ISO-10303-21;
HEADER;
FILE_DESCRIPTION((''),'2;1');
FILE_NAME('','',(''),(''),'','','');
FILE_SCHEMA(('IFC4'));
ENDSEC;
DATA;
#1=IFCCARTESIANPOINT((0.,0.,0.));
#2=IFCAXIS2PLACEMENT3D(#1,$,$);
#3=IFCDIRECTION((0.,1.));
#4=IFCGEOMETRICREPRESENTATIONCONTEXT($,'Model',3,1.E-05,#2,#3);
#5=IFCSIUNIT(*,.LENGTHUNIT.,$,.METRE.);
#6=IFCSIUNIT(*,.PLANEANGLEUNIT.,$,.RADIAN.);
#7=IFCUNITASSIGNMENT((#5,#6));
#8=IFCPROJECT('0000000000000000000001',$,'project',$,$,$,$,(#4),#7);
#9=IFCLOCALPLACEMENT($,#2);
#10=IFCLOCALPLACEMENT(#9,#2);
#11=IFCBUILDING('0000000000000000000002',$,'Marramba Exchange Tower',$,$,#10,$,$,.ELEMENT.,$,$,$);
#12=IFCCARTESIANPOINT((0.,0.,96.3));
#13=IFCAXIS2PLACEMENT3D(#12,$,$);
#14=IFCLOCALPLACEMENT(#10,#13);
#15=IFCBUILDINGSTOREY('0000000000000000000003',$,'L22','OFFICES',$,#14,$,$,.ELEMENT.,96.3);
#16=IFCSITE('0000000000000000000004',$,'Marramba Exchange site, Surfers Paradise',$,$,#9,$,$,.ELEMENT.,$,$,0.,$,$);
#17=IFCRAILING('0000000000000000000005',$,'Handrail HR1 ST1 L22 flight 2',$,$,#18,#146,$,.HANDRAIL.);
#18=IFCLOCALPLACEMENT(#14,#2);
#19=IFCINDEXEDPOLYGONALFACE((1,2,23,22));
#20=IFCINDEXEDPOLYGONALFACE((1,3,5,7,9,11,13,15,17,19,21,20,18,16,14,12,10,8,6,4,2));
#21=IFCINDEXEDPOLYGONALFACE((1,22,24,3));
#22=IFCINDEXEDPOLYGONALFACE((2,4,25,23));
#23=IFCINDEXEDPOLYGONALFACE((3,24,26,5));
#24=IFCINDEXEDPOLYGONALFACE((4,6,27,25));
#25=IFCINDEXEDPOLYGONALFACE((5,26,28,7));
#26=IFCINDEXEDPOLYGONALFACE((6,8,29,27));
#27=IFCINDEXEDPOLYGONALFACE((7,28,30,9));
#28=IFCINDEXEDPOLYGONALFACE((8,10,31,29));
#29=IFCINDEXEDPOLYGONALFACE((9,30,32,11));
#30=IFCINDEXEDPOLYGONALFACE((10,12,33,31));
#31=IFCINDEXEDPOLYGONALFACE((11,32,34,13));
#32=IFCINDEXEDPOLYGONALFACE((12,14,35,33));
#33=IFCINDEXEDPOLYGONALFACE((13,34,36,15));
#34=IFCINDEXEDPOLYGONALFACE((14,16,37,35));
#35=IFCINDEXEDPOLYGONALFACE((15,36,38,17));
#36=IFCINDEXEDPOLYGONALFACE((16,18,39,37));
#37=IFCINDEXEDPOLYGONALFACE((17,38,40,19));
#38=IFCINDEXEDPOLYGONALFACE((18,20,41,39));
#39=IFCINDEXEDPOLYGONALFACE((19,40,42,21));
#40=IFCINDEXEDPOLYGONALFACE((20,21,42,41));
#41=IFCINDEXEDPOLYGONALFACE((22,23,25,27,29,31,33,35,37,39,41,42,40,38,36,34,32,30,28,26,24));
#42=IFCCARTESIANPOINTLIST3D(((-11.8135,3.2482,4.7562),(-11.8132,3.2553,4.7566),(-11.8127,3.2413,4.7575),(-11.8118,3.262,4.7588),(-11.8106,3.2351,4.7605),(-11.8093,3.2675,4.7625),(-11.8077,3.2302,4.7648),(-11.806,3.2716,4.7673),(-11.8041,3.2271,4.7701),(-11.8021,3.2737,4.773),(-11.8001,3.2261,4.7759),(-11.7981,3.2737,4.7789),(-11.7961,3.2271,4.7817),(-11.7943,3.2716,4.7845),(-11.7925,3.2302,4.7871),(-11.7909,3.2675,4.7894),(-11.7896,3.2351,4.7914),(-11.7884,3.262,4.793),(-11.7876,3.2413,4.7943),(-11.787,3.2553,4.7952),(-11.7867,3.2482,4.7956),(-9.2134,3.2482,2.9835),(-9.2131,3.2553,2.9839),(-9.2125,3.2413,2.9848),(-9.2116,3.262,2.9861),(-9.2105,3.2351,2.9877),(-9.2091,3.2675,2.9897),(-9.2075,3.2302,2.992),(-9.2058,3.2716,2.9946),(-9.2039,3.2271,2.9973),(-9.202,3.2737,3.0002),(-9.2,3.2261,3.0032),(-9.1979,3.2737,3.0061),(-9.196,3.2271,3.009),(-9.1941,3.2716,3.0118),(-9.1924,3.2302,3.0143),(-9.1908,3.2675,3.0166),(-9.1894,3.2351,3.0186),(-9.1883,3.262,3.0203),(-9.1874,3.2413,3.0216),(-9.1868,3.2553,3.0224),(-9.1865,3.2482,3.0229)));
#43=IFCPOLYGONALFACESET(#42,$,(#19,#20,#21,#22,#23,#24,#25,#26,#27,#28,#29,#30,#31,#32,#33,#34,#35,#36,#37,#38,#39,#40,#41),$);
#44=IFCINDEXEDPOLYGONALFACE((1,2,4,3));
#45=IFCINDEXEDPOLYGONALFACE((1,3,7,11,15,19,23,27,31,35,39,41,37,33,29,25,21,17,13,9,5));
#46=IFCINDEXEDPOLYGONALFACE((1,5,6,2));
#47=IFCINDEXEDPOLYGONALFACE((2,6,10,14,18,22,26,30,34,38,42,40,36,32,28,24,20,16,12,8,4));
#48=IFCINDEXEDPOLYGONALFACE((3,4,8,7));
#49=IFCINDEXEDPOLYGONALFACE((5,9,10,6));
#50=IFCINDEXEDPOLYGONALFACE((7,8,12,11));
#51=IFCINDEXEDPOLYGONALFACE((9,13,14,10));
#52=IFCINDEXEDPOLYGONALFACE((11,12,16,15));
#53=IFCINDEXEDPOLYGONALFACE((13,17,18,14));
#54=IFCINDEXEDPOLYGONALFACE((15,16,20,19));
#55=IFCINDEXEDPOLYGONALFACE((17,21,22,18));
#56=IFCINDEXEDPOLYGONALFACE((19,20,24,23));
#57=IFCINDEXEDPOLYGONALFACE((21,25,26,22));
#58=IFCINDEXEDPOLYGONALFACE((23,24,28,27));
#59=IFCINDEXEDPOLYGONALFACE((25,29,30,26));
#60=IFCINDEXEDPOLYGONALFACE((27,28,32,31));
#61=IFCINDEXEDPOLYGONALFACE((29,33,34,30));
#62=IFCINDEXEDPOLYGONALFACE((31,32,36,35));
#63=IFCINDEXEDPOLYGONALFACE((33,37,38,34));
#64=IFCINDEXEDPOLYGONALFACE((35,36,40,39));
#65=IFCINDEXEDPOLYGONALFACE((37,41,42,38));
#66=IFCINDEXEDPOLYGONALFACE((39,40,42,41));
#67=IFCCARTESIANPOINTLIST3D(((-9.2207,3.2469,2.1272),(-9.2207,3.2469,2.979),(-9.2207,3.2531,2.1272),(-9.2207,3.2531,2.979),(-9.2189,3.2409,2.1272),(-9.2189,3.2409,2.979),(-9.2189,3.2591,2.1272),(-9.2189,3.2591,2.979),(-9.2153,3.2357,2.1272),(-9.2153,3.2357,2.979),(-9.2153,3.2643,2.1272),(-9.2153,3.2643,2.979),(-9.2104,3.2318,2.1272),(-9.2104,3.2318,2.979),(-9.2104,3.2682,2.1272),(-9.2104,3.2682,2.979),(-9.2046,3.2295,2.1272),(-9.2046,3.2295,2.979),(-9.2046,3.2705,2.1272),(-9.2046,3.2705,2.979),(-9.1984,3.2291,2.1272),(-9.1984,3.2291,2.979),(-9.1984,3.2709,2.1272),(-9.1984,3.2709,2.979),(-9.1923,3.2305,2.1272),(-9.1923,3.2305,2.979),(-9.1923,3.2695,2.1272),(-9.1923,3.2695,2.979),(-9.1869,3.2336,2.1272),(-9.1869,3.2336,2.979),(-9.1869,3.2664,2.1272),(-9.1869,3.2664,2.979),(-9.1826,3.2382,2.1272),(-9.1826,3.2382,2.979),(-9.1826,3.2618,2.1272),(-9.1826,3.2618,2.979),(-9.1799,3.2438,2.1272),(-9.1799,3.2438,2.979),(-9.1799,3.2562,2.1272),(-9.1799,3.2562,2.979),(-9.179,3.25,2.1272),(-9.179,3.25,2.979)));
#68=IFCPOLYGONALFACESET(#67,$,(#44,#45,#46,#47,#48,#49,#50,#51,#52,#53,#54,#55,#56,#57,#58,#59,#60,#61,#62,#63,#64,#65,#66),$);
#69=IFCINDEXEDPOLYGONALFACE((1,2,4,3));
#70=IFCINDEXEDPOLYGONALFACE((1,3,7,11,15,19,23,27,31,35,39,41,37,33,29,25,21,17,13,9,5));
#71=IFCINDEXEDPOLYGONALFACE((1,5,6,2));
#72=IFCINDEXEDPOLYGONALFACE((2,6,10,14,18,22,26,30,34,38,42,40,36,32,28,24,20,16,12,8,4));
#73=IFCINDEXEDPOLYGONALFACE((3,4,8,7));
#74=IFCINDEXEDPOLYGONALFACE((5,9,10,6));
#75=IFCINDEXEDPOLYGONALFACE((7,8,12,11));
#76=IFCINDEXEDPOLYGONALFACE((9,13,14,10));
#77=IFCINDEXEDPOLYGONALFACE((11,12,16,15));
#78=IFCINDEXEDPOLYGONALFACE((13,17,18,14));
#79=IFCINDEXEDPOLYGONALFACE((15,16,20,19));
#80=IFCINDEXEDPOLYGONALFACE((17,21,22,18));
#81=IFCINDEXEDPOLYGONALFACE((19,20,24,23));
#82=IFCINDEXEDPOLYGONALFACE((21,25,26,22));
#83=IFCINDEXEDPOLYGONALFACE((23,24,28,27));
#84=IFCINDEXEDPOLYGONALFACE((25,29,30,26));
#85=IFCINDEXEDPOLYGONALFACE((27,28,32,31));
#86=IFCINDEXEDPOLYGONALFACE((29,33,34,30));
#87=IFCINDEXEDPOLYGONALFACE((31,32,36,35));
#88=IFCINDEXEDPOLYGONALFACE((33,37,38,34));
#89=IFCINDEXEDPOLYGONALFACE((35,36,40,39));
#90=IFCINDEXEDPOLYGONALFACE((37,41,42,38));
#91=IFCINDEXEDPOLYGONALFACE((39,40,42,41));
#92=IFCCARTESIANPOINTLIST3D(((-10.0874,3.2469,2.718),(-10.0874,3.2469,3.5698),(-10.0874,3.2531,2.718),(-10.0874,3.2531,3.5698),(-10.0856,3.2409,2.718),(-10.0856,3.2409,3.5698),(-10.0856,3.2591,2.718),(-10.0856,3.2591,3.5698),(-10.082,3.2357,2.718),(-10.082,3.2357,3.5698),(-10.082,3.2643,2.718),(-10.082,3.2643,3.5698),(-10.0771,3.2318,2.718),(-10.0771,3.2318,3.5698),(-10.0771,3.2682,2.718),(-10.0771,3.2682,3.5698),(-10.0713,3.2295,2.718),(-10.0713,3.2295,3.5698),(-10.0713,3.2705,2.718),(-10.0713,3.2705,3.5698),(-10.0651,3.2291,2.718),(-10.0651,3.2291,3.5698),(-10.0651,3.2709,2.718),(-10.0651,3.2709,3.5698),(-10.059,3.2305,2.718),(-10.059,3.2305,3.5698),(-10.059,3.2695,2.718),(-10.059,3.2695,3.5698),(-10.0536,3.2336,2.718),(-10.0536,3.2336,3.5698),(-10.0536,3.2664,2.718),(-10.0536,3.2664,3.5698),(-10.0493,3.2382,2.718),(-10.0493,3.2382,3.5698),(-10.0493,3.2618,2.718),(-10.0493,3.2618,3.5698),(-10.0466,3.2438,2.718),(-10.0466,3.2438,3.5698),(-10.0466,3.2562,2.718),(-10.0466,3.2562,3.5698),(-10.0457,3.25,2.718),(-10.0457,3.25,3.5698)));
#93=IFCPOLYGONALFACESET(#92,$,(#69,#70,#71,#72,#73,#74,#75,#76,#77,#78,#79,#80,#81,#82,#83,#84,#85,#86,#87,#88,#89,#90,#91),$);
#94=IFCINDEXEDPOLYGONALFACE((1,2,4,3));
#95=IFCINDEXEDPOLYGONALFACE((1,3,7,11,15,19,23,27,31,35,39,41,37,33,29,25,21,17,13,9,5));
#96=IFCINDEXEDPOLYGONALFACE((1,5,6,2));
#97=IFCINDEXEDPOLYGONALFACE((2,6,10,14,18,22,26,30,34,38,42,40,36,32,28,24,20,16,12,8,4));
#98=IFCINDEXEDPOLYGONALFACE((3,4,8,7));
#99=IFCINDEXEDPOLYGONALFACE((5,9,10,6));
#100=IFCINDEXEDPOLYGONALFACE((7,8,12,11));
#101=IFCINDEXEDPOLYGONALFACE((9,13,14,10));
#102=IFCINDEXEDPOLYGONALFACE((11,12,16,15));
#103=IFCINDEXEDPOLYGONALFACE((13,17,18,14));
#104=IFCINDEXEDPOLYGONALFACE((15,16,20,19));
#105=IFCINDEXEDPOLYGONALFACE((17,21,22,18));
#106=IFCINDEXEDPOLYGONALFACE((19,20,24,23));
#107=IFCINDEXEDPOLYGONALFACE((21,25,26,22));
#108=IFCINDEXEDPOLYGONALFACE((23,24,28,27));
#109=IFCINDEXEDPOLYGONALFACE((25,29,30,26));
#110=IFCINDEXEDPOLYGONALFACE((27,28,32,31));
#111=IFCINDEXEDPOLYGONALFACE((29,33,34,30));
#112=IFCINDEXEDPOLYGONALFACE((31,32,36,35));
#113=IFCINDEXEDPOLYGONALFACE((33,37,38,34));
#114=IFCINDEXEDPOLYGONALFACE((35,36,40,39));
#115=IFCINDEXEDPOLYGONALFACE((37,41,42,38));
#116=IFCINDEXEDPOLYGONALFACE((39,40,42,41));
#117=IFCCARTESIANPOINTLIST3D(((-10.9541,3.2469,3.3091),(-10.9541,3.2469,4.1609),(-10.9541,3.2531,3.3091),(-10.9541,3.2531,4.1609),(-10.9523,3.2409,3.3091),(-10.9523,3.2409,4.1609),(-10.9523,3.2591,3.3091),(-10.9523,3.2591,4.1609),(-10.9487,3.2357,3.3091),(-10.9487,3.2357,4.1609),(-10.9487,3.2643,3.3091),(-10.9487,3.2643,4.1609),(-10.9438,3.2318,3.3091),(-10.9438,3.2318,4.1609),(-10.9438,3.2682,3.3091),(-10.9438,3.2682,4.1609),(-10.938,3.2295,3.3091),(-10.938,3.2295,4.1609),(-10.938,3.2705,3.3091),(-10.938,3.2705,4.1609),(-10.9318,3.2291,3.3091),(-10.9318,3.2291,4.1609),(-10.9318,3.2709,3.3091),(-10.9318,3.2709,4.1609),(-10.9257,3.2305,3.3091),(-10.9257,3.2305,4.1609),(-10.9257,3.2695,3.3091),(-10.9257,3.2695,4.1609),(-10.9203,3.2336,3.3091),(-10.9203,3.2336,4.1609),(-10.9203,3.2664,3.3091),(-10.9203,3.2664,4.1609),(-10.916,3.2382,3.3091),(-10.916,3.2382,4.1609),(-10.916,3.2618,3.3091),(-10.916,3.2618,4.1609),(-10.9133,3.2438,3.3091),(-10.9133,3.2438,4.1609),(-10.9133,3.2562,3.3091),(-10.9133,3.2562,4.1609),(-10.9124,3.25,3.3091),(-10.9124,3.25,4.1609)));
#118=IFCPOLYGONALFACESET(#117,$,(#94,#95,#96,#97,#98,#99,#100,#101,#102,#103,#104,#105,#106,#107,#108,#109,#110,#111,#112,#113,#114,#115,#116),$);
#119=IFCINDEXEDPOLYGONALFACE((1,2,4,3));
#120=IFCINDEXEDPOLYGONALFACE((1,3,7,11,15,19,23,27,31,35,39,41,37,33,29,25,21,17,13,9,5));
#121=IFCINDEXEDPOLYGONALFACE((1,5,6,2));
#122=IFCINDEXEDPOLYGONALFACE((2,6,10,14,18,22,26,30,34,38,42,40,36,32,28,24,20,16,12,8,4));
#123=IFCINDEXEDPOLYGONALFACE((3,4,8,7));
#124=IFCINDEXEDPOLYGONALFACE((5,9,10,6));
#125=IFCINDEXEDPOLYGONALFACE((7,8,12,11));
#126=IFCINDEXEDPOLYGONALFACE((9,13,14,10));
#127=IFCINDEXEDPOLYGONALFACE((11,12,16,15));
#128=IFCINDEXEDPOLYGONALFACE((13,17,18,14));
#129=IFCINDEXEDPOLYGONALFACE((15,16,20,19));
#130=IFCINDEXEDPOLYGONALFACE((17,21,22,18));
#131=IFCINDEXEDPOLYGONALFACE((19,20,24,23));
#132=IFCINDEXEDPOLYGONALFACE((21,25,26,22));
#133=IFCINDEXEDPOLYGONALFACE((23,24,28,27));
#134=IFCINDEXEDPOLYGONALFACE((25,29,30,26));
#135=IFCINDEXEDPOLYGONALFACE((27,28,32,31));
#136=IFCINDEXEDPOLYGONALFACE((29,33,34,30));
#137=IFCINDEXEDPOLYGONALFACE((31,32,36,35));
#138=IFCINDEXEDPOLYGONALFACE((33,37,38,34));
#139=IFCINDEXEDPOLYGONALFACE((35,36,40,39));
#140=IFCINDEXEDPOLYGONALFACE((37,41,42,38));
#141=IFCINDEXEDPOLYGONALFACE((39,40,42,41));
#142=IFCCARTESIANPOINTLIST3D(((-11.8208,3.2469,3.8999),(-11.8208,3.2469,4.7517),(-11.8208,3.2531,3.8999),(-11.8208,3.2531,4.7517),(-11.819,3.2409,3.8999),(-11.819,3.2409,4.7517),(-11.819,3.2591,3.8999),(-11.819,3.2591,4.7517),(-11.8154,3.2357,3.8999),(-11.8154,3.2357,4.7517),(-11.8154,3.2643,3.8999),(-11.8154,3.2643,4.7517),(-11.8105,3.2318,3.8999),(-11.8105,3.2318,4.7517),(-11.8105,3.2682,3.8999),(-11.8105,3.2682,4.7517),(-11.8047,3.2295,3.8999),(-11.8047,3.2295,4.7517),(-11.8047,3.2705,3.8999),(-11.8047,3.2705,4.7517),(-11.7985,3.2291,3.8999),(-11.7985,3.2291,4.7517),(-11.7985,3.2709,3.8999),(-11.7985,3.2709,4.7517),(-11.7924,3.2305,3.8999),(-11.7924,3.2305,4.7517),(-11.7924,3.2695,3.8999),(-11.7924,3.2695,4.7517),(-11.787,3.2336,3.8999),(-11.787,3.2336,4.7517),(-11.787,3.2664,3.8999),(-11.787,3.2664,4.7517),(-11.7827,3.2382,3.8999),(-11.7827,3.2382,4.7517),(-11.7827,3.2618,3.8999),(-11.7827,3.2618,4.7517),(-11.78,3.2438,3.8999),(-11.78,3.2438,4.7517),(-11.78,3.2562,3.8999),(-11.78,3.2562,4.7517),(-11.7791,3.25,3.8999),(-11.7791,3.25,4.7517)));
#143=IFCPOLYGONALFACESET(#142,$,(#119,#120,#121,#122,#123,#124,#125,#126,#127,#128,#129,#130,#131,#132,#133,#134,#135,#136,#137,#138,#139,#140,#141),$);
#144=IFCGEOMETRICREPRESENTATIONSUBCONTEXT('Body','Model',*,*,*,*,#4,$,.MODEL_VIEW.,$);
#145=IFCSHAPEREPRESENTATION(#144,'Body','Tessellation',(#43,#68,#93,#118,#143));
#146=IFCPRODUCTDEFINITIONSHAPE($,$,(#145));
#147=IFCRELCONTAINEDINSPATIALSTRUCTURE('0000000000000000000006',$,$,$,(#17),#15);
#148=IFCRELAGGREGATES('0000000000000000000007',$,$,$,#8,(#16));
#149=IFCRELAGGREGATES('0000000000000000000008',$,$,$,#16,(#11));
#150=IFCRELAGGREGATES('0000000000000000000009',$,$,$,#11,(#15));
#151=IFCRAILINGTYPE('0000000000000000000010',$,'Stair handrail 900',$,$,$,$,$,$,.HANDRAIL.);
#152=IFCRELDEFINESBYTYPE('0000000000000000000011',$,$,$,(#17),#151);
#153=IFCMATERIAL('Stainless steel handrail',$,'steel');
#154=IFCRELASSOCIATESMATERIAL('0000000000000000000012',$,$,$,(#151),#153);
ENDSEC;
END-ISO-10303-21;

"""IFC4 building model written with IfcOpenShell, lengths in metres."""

from ifc_helpers import new_model, si_unit, direction, frame, origin, origin_2d, place, context, subcontext, project, spatial, circle, extrude, material, type_object, element, save


model = new_model("IFC4")

# Units and contexts
model_context = context("Model", 3, precision=1e-05, world=origin(), true_north=direction((0.0, 1.0)))
body_context = subcontext(model_context, "Body", "Model", "MODEL_VIEW")
ifc_project = project(units=[si_unit("LENGTHUNIT", "METRE"), si_unit("PLANEANGLEUNIT", "RADIAN")], contexts=[model_context])

# Site, building, storey
site_placement = place(None, origin())
site = spatial("IfcSite", under=ifc_project, at=site_placement, Name="Marramba Exchange site, Surfers Paradise", CompositionType="ELEMENT", RefElevation=0.0)
building_placement = place(site_placement, origin())
building = spatial("IfcBuilding", under=site, at=building_placement, Name="Marramba Exchange Tower", CompositionType="ELEMENT")
storey_placement = place(building_placement, frame((0.0, 0.0, 96.3)))
storey = spatial("IfcBuildingStorey", under=building, at=storey_placement, Name="L22", Description="OFFICES", CompositionType="ELEMENT", Elevation=96.3)

# Railing
ifc_material_1 = material(Name="Stainless steel handrail", Category="steel")
railing_type = type_object("IfcRailingType", Name="Stair handrail 900", PredefinedType="HANDRAIL", material=ifc_material_1)
railing_placement = place(storey_placement, frame((-9.2, 3.25, 2.1272)))
element("IfcRailing", 1, at=railing_placement, inside=storey, type_object=railing_type, Name="Handrail HR1 ST1 L22 flight 2", PredefinedType="HANDRAIL", context=body_context, shape_type="SweptSolid", body=[
    extrude(circle(Radius=0.0239, at=origin_2d()), frame((0.0, 0.0, 0.876), z_axis=(-0.82624, 0.0, 0.563318), x_axis=(0.0, -1.0, 0.0)), (0.0, 0.0, 1.0), 3.147),
    extrude(circle(Radius=0.021, at=origin_2d()), origin(), (0.0, 0.0, 1.0), 0.8518),
    extrude(circle(Radius=0.021, at=origin_2d()), frame((-0.8667, 0.0, 0.5908)), (0.0, 0.0, 1.0), 0.8518),
    extrude(circle(Radius=0.021, at=origin_2d()), frame((-1.7334, 0.0, 1.1819)), (0.0, 0.0, 1.0), 0.8518),
    extrude(circle(Radius=0.021, at=origin_2d()), frame((-2.6001, 0.0, 1.7727)), (0.0, 0.0, 1.0), 0.8518),
])

save(model, "model.ifc")
